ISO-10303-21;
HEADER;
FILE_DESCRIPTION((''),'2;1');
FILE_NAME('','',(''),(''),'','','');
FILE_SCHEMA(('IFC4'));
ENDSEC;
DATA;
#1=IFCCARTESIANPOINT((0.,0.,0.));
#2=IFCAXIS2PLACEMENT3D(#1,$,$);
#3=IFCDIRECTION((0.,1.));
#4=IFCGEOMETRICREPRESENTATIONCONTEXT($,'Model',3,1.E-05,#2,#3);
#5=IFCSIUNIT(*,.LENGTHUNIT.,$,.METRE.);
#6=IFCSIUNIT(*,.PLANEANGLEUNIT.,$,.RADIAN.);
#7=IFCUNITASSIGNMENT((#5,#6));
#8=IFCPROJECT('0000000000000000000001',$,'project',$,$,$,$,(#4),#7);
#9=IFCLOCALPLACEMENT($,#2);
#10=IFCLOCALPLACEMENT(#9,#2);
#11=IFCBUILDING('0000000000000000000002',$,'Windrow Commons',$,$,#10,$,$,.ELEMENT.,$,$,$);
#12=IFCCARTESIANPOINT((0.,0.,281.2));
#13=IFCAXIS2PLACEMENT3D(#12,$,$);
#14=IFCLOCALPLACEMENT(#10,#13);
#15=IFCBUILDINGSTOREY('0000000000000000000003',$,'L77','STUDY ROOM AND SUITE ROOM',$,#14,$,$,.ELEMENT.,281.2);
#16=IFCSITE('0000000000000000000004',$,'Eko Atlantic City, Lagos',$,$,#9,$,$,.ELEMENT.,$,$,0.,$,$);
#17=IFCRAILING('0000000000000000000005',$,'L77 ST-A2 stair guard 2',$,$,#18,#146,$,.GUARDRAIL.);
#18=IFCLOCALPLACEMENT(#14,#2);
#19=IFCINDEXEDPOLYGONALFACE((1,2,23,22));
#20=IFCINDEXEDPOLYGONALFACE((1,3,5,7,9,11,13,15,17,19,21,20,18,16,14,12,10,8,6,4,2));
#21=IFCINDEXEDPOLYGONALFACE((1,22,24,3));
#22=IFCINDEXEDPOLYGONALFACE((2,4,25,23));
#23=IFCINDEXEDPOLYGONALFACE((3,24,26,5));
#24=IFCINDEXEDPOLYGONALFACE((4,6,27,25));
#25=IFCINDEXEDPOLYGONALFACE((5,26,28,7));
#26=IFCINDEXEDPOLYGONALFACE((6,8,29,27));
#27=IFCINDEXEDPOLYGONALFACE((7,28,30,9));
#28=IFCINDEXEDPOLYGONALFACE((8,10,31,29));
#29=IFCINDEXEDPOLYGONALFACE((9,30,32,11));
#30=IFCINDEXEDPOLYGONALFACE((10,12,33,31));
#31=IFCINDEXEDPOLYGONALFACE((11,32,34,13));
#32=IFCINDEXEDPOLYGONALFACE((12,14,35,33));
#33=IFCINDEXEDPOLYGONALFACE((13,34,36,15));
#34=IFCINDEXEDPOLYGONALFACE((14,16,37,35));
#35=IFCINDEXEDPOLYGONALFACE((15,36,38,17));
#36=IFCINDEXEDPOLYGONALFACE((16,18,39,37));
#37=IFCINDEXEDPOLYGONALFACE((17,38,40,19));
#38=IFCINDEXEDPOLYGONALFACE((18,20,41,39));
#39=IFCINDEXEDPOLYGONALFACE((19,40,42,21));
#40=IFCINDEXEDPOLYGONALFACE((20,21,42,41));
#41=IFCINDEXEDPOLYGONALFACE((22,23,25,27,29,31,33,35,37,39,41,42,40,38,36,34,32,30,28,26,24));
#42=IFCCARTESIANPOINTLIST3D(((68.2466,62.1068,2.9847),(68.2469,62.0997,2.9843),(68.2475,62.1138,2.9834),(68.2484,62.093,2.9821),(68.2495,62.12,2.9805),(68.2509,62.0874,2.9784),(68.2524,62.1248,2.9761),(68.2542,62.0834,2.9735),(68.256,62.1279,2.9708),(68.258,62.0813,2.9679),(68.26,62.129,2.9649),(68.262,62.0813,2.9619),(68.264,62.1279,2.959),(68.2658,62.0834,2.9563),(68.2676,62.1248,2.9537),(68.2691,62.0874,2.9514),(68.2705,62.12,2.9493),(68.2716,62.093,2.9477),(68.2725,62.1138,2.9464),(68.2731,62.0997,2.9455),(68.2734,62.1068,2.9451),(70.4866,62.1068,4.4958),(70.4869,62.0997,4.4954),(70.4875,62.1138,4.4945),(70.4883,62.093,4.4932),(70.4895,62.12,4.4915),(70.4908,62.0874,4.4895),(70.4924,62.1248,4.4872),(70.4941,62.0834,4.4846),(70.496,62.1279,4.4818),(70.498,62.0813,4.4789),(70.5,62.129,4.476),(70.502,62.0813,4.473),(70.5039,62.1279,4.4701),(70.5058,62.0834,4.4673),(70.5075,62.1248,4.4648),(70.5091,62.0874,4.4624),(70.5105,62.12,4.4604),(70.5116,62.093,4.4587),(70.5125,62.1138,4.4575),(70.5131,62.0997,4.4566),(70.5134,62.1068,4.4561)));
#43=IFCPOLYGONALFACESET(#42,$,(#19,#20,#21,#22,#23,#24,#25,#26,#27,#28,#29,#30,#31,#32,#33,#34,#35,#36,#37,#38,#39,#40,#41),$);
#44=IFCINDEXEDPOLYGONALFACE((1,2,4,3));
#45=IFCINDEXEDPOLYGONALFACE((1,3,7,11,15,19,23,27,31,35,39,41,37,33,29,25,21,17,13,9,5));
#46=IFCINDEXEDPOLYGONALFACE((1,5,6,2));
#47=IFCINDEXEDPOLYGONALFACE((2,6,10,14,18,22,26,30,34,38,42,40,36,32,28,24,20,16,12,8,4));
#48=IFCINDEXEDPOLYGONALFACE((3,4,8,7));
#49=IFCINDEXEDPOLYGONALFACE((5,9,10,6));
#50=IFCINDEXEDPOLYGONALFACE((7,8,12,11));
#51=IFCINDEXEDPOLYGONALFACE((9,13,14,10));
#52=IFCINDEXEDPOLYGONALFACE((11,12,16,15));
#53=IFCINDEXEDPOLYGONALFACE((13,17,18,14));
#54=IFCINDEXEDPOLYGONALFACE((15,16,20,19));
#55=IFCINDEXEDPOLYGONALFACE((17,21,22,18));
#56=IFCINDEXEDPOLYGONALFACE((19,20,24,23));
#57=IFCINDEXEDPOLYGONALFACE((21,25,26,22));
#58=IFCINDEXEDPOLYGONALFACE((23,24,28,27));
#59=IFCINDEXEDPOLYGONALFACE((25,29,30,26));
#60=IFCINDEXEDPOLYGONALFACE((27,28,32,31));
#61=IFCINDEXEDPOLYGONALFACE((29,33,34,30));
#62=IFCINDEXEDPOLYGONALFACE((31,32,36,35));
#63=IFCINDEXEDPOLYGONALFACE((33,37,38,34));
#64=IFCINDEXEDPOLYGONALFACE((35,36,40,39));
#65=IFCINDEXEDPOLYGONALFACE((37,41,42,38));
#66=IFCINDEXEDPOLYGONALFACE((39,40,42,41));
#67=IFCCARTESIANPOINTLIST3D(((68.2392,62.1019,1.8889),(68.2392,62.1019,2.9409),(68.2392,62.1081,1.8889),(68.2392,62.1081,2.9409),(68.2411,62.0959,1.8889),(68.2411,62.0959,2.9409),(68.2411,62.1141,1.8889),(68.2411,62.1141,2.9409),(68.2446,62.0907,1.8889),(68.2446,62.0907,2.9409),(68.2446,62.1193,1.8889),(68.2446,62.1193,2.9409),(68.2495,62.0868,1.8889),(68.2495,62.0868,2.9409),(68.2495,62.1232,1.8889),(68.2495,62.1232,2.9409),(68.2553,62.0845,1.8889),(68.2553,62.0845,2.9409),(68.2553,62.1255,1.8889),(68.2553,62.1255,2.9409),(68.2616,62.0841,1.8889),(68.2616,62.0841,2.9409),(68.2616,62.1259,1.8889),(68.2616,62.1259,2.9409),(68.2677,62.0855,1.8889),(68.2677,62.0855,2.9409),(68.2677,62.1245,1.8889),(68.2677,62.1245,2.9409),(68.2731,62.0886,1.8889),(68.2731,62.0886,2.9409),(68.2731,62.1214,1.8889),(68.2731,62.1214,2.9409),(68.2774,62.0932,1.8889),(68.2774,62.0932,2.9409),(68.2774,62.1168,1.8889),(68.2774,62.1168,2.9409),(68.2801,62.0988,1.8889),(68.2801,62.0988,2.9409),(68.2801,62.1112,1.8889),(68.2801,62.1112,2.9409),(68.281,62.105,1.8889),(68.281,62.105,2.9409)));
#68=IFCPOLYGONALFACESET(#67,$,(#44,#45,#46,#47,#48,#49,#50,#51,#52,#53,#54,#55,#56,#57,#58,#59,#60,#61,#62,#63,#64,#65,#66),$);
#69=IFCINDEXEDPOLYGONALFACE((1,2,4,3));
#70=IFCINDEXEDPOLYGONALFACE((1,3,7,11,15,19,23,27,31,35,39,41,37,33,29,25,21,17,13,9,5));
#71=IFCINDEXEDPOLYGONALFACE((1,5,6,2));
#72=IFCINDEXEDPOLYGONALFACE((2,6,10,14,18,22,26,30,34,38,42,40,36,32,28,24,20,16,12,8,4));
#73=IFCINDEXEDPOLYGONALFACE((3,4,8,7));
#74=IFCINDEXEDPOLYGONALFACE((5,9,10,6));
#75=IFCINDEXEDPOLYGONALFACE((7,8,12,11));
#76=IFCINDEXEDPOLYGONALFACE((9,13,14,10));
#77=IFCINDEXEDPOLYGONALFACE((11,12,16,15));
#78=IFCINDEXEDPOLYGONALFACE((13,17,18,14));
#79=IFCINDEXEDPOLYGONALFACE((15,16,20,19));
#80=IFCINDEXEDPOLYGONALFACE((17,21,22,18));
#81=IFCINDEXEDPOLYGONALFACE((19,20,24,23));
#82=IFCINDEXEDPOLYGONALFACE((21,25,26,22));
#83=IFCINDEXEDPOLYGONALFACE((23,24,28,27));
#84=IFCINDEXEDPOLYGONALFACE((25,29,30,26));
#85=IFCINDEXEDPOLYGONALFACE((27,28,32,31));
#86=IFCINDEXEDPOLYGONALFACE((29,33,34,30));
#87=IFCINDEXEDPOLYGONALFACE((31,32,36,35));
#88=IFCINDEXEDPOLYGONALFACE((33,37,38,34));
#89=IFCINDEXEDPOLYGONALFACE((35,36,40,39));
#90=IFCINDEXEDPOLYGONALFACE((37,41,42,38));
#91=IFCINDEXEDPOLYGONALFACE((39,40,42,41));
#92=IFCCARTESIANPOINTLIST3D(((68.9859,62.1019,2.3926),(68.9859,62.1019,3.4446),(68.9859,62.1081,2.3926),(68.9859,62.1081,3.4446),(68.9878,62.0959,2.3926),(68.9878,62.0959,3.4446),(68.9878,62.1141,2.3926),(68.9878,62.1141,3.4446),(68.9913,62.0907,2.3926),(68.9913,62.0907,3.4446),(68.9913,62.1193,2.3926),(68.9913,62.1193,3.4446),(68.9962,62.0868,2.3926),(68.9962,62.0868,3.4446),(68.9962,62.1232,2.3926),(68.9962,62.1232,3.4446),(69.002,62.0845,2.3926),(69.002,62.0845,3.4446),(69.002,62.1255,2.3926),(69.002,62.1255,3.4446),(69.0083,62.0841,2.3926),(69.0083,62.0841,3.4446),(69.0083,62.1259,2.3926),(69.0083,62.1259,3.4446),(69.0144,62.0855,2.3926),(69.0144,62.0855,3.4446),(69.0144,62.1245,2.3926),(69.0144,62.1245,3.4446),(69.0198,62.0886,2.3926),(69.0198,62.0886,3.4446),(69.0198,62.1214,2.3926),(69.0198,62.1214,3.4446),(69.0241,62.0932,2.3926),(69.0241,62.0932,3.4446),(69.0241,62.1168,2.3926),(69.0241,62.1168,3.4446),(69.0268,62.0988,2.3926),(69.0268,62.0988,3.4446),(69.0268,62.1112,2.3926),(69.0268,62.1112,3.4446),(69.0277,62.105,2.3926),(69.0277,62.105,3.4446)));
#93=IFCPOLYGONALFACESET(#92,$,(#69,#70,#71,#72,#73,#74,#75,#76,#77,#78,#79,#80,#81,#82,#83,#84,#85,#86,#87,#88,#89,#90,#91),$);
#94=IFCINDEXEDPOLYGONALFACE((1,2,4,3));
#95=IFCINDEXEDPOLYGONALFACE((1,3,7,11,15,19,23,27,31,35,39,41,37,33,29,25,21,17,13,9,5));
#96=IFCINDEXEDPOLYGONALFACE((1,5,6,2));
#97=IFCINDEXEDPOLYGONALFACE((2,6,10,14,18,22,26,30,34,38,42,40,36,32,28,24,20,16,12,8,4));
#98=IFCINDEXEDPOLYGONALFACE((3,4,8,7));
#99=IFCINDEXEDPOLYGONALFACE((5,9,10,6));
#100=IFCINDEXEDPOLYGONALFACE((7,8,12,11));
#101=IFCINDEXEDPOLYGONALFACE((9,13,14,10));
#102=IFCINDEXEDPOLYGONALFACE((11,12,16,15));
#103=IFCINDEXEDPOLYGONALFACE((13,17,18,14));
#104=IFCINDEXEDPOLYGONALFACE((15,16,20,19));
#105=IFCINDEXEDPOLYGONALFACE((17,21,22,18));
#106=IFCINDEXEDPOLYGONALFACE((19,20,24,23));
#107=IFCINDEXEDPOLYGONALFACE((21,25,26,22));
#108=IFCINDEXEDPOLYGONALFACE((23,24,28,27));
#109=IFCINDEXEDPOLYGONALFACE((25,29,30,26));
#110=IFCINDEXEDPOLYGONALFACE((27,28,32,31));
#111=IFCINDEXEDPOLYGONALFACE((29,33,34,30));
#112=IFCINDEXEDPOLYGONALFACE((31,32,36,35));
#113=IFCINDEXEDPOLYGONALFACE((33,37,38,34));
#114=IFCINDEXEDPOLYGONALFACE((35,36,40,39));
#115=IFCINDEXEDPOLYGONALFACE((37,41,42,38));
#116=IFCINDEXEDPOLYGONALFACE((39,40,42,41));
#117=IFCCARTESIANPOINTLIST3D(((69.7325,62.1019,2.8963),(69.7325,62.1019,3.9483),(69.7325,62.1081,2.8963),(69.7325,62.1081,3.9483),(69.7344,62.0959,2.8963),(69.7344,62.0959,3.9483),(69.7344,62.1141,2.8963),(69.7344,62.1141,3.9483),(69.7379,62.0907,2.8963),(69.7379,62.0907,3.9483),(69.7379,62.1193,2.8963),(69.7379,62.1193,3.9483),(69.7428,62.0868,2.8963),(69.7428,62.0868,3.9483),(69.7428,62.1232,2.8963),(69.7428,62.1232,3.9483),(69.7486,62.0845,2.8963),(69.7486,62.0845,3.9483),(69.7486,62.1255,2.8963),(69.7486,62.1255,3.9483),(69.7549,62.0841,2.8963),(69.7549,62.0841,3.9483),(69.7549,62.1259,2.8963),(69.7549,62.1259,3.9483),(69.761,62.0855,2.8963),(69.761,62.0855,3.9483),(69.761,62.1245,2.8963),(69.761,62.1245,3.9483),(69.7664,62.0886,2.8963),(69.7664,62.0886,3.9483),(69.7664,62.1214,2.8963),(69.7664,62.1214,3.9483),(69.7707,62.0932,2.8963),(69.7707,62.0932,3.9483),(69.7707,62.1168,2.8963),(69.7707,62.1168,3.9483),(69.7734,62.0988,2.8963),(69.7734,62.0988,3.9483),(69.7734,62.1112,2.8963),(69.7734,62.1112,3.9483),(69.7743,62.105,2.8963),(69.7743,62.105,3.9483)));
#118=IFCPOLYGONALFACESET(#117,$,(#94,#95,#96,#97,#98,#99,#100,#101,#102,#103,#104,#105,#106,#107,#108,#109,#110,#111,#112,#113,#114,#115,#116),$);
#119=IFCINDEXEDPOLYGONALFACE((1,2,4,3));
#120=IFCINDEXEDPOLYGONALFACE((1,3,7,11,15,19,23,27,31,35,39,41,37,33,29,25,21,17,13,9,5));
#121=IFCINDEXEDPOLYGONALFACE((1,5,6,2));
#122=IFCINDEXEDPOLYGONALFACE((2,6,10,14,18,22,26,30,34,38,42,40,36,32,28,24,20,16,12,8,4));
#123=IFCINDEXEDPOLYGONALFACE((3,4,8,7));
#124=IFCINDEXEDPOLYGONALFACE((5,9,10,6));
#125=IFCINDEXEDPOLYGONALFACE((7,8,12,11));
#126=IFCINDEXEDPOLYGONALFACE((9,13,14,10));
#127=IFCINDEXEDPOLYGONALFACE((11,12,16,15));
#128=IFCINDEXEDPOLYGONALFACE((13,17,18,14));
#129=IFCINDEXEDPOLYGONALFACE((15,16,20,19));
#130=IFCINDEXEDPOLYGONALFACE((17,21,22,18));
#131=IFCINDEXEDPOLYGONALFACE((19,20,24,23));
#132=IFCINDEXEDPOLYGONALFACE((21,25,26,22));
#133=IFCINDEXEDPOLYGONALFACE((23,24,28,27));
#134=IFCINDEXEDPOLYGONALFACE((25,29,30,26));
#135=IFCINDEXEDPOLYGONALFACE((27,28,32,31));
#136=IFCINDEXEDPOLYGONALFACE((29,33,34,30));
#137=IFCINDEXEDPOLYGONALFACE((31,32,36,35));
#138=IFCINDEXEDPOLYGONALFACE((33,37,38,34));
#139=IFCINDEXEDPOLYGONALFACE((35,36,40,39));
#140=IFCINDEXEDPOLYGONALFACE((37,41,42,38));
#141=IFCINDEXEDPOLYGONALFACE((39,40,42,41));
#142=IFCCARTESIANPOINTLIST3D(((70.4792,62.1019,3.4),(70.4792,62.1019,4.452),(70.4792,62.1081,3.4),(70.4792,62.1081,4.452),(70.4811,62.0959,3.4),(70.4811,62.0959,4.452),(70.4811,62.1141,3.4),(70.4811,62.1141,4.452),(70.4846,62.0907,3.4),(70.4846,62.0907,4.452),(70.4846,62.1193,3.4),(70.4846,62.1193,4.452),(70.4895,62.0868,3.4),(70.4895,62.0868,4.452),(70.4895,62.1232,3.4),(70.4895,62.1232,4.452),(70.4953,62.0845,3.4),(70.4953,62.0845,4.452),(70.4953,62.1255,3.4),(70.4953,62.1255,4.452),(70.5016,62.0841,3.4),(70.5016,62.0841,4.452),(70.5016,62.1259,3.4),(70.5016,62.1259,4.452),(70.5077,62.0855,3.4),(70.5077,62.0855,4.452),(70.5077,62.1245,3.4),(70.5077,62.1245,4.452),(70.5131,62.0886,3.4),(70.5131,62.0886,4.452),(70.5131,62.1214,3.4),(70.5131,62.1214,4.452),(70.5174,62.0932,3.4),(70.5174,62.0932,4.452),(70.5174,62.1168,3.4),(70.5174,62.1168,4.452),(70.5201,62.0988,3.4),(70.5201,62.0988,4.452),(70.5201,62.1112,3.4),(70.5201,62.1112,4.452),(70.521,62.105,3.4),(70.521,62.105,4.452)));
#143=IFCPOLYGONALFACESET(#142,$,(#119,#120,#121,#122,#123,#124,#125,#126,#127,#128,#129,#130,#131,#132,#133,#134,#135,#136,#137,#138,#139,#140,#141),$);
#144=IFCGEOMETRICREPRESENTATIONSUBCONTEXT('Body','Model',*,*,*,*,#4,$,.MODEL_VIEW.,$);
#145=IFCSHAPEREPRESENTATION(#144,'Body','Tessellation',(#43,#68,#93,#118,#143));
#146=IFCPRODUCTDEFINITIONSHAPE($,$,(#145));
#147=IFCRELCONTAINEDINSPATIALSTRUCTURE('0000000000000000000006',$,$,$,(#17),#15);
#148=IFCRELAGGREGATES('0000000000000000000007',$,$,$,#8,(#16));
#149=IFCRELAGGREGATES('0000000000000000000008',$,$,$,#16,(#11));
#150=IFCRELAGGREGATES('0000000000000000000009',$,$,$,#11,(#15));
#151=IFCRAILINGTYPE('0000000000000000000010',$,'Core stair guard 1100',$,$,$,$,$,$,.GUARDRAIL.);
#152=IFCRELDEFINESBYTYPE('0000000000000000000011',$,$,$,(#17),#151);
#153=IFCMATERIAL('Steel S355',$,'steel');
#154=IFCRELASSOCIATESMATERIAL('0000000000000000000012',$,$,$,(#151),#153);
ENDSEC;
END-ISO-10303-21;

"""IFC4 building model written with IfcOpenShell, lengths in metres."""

from ifc_helpers import new_model, si_unit, direction, frame, origin, origin_2d, place, context, subcontext, project, spatial, circle, extrude, material, type_object, element, save


model = new_model("IFC4")

# Units and contexts
model_context = context("Model", 3, precision=1e-05, world=origin(), true_north=direction((0.0, 1.0)))
body_context = subcontext(model_context, "Body", "Model", "MODEL_VIEW")
ifc_project = project(units=[si_unit("LENGTHUNIT", "METRE"), si_unit("PLANEANGLEUNIT", "RADIAN")], contexts=[model_context])

# Site, building, storey
site_placement = place(None, origin())
site = spatial("IfcSite", under=ifc_project, at=site_placement, Name="Eko Atlantic City, Lagos", CompositionType="ELEMENT", RefElevation=0.0)
building_placement = place(site_placement, origin())
building = spatial("IfcBuilding", under=site, at=building_placement, Name="Windrow Commons", CompositionType="ELEMENT")
storey_placement = place(building_placement, frame((0.0, 0.0, 281.2)))
storey = spatial("IfcBuildingStorey", under=building, at=storey_placement, Name="L77", Description="STUDY ROOM AND SUITE ROOM", CompositionType="ELEMENT", Elevation=281.2)

# Railing
ifc_material_1 = material(Name="Steel S355", Category="steel")
railing_type_1 = type_object("IfcRailingType", Name="Core stair guard 1100", PredefinedType="GUARDRAIL", material=ifc_material_1)
railing_1_placement = place(storey_placement, frame((68.26, 62.105, 1.8889)))
element("IfcRailing", 1, at=railing_1_placement, inside=storey, type_object=railing_type_1, Name="L77 ST-A2 stair guard 2", PredefinedType="GUARDRAIL", context=body_context, shape_type="SweptSolid", body=[
    extrude(circle(Radius=0.024, at=origin_2d()), frame((0.0, 0.0, 1.076), z_axis=(0.829003, 0.0, 0.559244), x_axis=(0.0, 1.0, 0.0)), (0.0, 0.0, 1.0), 2.702),
    extrude(circle(Radius=0.021, at=origin_2d()), origin(), (0.0, 0.0, 1.0), 1.052),
    extrude(circle(Radius=0.021, at=origin_2d()), frame((0.7467, 0.0, 0.5037)), (0.0, 0.0, 1.0), 1.052),
    extrude(circle(Radius=0.021, at=origin_2d()), frame((1.4933, 0.0, 1.0074)), (0.0, 0.0, 1.0), 1.052),
    extrude(circle(Radius=0.021, at=origin_2d()), frame((2.24, 0.0, 1.5111)), (0.0, 0.0, 1.0), 1.052),
])

save(model, "model.ifc")
